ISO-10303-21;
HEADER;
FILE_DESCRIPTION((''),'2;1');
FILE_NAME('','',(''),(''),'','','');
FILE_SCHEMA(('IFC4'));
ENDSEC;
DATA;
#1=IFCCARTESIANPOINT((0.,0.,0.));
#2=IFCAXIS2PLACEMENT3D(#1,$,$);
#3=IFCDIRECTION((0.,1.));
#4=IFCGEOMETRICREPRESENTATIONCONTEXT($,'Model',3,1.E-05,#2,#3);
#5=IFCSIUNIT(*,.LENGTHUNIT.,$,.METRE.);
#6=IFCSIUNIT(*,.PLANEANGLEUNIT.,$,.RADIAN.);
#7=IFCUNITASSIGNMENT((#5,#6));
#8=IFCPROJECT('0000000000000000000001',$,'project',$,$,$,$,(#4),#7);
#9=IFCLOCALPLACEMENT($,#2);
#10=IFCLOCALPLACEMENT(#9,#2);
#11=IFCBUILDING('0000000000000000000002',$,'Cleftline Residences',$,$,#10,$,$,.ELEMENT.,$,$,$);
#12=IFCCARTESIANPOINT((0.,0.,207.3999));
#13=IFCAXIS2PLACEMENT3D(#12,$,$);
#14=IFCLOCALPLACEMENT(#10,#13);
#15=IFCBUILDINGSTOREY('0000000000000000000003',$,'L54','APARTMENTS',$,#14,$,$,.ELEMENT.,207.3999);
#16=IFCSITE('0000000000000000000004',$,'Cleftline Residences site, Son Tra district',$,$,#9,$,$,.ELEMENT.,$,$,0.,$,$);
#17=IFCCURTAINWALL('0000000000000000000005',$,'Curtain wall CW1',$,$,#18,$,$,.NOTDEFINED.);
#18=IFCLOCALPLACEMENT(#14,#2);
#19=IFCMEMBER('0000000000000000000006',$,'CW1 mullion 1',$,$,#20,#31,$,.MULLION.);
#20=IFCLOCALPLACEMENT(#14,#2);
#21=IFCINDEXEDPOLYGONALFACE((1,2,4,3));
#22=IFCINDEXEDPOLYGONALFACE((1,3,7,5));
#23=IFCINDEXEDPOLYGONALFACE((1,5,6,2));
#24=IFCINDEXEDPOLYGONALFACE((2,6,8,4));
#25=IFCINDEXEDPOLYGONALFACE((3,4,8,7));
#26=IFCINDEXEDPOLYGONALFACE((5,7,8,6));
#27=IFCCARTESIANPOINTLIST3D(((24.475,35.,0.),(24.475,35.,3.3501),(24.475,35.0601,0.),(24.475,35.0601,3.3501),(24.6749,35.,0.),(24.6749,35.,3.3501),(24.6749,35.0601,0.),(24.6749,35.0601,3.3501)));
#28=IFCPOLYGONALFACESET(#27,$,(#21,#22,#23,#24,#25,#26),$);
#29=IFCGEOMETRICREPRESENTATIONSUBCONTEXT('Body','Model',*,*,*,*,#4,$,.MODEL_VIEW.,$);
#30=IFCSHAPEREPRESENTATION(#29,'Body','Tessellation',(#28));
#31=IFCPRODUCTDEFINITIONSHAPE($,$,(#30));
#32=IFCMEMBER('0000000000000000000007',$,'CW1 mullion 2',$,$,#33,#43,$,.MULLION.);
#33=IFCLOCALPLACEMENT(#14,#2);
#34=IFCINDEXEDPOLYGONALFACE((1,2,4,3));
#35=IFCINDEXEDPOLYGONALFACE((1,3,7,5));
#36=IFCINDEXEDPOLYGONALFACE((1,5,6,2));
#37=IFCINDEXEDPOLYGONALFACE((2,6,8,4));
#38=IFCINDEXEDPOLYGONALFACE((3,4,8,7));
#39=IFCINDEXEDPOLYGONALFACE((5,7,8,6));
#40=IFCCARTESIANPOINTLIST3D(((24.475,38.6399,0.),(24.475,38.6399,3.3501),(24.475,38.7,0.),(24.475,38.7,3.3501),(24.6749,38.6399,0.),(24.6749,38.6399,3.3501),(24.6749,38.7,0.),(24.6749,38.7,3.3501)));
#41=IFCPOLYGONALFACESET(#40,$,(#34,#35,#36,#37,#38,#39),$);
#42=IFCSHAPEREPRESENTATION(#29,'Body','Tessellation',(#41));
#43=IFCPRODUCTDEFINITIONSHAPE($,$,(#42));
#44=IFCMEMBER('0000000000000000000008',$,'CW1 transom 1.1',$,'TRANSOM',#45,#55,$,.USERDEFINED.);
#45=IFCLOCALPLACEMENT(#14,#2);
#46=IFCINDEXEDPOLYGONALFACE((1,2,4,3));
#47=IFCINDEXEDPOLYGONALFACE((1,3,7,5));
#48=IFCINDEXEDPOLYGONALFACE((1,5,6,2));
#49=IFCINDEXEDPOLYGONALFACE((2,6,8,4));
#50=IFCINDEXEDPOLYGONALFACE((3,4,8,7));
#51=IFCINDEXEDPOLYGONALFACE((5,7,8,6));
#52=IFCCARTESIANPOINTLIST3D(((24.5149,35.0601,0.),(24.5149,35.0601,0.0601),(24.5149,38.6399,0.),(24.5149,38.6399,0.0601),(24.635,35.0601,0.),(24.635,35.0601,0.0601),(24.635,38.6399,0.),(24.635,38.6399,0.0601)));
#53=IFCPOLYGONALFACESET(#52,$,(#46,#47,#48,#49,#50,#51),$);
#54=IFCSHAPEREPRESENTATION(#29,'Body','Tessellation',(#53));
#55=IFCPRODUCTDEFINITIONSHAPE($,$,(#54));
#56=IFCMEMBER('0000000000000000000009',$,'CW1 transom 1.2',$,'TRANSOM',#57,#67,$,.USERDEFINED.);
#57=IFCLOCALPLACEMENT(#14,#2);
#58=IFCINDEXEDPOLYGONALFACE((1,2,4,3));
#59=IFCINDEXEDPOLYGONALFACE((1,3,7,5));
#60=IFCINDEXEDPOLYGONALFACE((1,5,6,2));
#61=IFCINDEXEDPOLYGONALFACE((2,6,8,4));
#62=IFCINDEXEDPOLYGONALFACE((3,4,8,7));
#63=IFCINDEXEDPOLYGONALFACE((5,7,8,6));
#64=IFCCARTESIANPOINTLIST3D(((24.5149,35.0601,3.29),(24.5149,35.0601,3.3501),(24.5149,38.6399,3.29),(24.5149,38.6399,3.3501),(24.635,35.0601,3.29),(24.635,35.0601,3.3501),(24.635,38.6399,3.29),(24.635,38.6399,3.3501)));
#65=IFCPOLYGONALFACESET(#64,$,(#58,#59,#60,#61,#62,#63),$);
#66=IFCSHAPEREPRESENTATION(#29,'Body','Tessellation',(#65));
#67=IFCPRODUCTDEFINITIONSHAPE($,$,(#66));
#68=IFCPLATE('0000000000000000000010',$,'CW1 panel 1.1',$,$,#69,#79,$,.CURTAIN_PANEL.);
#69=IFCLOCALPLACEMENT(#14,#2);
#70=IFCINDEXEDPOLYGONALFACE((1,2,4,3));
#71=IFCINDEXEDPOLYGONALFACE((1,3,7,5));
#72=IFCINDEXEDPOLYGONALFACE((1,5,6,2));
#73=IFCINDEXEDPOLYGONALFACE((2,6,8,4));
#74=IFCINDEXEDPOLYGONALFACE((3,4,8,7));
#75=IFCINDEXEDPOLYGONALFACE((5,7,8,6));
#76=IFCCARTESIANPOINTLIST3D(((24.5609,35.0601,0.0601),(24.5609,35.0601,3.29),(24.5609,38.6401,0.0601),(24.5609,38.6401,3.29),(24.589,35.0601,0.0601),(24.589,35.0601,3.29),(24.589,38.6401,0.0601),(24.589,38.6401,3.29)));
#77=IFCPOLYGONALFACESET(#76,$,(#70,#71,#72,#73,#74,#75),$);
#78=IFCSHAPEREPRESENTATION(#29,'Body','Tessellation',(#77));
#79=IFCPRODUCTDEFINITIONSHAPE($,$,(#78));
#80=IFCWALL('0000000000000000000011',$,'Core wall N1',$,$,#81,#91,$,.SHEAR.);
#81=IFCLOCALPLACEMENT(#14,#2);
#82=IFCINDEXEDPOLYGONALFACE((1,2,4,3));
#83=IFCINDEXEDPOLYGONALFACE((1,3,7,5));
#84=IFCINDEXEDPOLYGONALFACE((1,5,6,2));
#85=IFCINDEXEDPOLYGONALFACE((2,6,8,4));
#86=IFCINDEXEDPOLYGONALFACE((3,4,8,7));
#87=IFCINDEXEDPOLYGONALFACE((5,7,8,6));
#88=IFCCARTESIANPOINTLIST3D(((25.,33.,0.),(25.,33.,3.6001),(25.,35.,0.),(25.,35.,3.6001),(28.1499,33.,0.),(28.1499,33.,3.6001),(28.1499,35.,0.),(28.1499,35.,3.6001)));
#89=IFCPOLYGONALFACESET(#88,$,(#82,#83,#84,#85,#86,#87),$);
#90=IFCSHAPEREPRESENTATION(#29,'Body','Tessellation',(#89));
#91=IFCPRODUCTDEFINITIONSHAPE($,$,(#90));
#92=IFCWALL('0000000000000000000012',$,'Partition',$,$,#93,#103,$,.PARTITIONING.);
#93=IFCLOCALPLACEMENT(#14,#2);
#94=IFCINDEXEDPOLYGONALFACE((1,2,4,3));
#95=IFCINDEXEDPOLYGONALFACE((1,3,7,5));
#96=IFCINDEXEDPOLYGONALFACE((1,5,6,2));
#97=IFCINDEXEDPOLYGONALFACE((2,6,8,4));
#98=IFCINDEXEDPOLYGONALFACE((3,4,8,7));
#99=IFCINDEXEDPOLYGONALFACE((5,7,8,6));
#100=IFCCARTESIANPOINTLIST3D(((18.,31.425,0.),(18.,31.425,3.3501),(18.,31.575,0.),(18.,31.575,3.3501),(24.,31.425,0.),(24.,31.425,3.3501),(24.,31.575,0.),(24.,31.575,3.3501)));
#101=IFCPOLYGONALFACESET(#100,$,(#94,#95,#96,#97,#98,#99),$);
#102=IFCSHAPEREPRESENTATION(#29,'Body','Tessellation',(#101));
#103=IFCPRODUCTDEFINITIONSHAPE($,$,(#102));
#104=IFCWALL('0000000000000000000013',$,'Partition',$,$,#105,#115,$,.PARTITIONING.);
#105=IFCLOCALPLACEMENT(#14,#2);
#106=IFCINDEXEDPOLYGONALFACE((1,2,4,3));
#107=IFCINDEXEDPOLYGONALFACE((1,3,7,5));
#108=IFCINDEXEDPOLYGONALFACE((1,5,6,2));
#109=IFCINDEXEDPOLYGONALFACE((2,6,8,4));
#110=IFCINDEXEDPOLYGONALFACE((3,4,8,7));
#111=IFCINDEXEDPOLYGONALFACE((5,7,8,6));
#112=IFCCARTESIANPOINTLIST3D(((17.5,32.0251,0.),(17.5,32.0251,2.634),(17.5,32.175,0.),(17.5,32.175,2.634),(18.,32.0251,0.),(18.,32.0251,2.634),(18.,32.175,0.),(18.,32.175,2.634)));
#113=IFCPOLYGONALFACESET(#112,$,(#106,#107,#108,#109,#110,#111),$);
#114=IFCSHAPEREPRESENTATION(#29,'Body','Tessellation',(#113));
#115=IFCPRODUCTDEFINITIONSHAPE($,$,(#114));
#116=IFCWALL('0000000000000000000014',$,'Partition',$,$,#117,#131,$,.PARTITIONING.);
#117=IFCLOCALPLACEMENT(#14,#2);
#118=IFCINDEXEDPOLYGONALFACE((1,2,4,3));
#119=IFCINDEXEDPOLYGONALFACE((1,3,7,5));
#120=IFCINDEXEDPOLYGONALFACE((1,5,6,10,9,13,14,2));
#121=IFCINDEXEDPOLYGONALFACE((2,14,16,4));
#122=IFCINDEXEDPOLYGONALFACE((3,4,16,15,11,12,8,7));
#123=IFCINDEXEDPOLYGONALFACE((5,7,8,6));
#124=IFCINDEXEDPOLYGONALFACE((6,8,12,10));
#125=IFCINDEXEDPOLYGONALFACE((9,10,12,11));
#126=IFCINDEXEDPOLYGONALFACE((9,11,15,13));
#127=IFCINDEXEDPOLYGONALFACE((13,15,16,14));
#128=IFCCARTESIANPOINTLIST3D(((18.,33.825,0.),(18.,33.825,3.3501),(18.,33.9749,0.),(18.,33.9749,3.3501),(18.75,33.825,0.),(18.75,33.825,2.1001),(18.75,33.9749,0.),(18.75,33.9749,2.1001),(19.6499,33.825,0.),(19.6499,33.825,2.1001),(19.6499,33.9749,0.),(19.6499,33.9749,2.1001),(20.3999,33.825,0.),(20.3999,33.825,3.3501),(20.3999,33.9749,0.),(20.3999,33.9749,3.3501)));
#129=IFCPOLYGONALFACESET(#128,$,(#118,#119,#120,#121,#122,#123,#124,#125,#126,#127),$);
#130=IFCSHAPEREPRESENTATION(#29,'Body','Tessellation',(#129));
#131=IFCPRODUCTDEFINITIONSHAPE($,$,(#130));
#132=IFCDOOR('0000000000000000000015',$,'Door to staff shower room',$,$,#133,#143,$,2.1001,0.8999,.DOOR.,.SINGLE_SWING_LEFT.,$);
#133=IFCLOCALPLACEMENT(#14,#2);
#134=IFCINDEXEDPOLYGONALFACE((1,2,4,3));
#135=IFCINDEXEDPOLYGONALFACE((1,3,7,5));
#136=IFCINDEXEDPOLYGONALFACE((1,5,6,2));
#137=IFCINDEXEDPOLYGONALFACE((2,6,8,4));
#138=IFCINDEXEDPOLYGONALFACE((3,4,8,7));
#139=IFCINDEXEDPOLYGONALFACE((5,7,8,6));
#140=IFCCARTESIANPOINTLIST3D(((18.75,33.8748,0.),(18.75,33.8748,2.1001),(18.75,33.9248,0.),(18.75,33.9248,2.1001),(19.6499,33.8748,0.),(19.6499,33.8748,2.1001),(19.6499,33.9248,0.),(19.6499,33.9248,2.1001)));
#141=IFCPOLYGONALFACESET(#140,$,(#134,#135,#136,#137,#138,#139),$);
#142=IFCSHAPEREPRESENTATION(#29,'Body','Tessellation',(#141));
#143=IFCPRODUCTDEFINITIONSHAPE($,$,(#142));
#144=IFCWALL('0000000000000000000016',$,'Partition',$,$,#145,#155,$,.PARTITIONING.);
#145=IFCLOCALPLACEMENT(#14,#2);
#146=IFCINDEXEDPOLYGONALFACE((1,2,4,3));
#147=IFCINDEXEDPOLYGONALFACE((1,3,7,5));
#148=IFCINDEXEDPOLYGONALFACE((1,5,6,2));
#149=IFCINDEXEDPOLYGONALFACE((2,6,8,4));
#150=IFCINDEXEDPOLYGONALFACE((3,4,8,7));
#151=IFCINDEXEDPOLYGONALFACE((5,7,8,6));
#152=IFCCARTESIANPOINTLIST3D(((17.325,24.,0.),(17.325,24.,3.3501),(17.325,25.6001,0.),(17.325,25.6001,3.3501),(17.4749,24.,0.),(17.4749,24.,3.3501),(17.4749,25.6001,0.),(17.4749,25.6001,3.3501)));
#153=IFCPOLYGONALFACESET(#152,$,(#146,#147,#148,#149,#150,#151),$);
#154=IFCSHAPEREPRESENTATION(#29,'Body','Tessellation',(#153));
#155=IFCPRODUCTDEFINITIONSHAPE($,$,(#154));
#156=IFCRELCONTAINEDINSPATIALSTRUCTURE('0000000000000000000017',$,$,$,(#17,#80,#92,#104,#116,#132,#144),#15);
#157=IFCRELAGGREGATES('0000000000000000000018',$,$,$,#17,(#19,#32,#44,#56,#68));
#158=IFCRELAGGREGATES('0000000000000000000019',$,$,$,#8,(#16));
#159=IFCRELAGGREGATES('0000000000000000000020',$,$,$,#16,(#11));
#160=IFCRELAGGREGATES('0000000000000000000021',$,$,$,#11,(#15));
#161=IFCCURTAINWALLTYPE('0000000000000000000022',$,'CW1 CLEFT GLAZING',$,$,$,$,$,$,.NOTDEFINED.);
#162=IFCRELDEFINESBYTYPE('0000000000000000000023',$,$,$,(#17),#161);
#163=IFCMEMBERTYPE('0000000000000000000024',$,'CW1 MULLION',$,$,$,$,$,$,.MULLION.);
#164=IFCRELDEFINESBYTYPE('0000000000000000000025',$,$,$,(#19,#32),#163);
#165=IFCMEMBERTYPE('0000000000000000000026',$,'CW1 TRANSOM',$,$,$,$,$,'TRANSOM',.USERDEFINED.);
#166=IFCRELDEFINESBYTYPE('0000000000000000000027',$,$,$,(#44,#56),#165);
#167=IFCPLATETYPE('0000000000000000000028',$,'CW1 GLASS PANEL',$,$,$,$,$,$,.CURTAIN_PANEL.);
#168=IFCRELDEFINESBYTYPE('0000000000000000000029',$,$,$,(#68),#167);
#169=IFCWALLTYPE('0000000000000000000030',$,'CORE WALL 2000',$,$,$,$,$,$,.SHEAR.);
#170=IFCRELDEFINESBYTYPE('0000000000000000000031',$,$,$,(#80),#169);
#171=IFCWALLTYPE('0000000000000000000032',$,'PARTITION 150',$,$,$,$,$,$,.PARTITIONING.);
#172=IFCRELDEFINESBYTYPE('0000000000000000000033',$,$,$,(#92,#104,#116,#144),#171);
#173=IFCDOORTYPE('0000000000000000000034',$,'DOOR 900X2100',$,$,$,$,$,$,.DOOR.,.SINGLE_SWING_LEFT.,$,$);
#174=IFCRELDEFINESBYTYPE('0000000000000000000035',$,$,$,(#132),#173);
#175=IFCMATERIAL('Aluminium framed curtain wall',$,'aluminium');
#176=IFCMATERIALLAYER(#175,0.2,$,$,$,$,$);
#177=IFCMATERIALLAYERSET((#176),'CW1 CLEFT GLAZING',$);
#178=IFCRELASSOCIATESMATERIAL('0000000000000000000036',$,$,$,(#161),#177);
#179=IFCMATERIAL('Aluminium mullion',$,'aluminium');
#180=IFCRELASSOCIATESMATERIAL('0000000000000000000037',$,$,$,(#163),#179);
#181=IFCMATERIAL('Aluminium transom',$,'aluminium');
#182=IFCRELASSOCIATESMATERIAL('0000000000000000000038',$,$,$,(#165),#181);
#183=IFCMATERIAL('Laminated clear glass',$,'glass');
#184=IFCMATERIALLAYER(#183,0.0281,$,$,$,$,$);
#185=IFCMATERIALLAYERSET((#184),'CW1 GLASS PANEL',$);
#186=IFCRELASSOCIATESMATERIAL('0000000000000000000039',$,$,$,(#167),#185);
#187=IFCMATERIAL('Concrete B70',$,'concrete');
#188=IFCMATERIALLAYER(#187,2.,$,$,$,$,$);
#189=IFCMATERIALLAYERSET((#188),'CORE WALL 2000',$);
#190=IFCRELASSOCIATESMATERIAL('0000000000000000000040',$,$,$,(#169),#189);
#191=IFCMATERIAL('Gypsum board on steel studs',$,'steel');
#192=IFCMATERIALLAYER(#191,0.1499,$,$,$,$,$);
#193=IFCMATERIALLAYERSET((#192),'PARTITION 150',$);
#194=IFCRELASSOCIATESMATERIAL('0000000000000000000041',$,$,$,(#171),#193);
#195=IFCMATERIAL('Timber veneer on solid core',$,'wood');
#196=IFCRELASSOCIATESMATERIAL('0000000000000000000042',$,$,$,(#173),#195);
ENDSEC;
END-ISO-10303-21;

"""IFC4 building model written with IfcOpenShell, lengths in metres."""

from ifc_helpers import new_model, si_unit, direction, frame, frame_2d, origin, origin_2d, place, context, subcontext, project, spatial, rectangle, extrude, material, layer, layer_set, material_profile, profile_set, type_object, element, fill, aggregate, save


model = new_model("IFC4")

# Units and contexts
model_context = context("Model", 3, precision=1e-05, world=origin(), true_north=direction((0.0, 1.0)))
body_context = subcontext(model_context, "Body", "Model", "MODEL_VIEW")
ifc_project = project(units=[si_unit("LENGTHUNIT", "METRE"), si_unit("PLANEANGLEUNIT", "RADIAN")], contexts=[model_context])

# Site, building, storey
site_placement = place(None, origin())
site = spatial("IfcSite", under=ifc_project, at=site_placement, Name="Cleftline Residences site, Son Tra district", CompositionType="ELEMENT", RefElevation=0.0)
building_placement = place(site_placement, origin())
building = spatial("IfcBuilding", under=site, at=building_placement, Name="Cleftline Residences", CompositionType="ELEMENT")
storey_placement = place(building_placement, frame((0.0, 0.0, 207.3999)))
storey = spatial("IfcBuildingStorey", under=building, at=storey_placement, Name="L54", Description="APARTMENTS", CompositionType="ELEMENT", Elevation=207.3999)

# Curtain wall, members, plate
ifc_material_1 = material(Name="Aluminium framed curtain wall", Category="aluminium")
ifc_layer_1 = layer(ifc_material_1, 0.2)
ifc_layer_set_1 = layer_set([ifc_layer_1], Name="CW1 CLEFT GLAZING")
curtain_wall_type = type_object("IfcCurtainWallType", Name="CW1 CLEFT GLAZING", PredefinedType="NOTDEFINED", material=ifc_layer_set_1)
curtain_wall_placement = place(storey_placement, origin())
curtain_wall = element("IfcCurtainWall", 1, at=curtain_wall_placement, inside=storey, type_object=curtain_wall_type, Name="Curtain wall CW1", PredefinedType="NOTDEFINED")
ifc_material_2 = material(Name="Aluminium mullion", Category="aluminium")
ifc_material_profile_1 = material_profile(ifc_material_2, rectangle(XDim=0.2, YDim=0.0601, at=origin_2d()))
ifc_profile_set_1 = profile_set([ifc_material_profile_1], Name="Aluminium mullion")
member_type_1 = type_object("IfcMemberType", Name="CW1 MULLION", PredefinedType="MULLION", material=ifc_profile_set_1)
member_1_placement = place(storey_placement, frame((24.575, 35.03, 0.0), z_axis=(0.0, 0.0, 1.0), x_axis=(-1.0, 0.0, 0.0)))
member_1 = element("IfcMember", 2, at=member_1_placement, type_object=member_type_1, Name="CW1 mullion 1", PredefinedType="MULLION", context=body_context, shape_type="SweptSolid", body=[
    extrude(rectangle(XDim=0.2, YDim=0.0601, at=origin_2d()), origin(), (0.0, 0.0, 1.0), 3.3501),
])
member_2_placement = place(storey_placement, frame((24.575, 38.6699, 0.0), z_axis=(0.0, 0.0, 1.0), x_axis=(-1.0, 0.0, 0.0)))
member_2 = element("IfcMember", 3, at=member_2_placement, type_object=member_type_1, Name="CW1 mullion 2", PredefinedType="MULLION", context=body_context, shape_type="SweptSolid", body=[
    extrude(rectangle(XDim=0.2, YDim=0.0601, at=origin_2d()), origin(), (0.0, 0.0, 1.0), 3.3501),
])
ifc_material_3 = material(Name="Aluminium transom", Category="aluminium")
ifc_material_profile_2 = material_profile(ifc_material_3, rectangle(XDim=0.1201, YDim=0.0601, at=origin_2d()))
ifc_profile_set_2 = profile_set([ifc_material_profile_2], Name="Aluminium transom")
member_type_2 = type_object("IfcMemberType", Name="CW1 TRANSOM", ElementType="TRANSOM", PredefinedType="USERDEFINED", material=ifc_profile_set_2)
member_3_placement = place(storey_placement, frame((24.575, 35.0601, 0.03), z_axis=(0.0, 1.0, 0.0), x_axis=(-1.0, 0.0, 0.0)))
member_3 = element("IfcMember", 4, at=member_3_placement, type_object=member_type_2, Name="CW1 transom 1.1", ObjectType="TRANSOM", PredefinedType="USERDEFINED", context=body_context, shape_type="SweptSolid", body=[
    extrude(rectangle(XDim=0.1201, YDim=0.0601, at=origin_2d()), origin(), (0.0, 0.0, 1.0), 3.5798),
])
member_4_placement = place(storey_placement, frame((24.575, 35.0601, 3.3201), z_axis=(0.0, 1.0, 0.0), x_axis=(-1.0, 0.0, 0.0)))
member_4 = element("IfcMember", 5, at=member_4_placement, type_object=member_type_2, Name="CW1 transom 1.2", ObjectType="TRANSOM", PredefinedType="USERDEFINED", context=body_context, shape_type="SweptSolid", body=[
    extrude(rectangle(XDim=0.1201, YDim=0.0601, at=origin_2d()), origin(), (0.0, 0.0, 1.0), 3.5798),
])
ifc_material_4 = material(Name="Laminated clear glass", Category="glass")
ifc_layer_2 = layer(ifc_material_4, 0.0281)
ifc_layer_set_2 = layer_set([ifc_layer_2], Name="CW1 GLASS PANEL")
plate_type = type_object("IfcPlateType", Name="CW1 GLASS PANEL", PredefinedType="CURTAIN_PANEL", material=ifc_layer_set_2)
plate_placement = place(storey_placement, frame((24.575, 36.8501, 0.0601), z_axis=(0.0, 0.0, 1.0), x_axis=(0.0, 1.0, 0.0)))
plate = element("IfcPlate", 6, at=plate_placement, type_object=plate_type, Name="CW1 panel 1.1", PredefinedType="CURTAIN_PANEL", context=body_context, shape_type="SweptSolid", body=[
    extrude(rectangle(XDim=3.5801, YDim=0.0281, at=origin_2d()), origin(), (0.0, 0.0, 1.0), 3.23),
])
aggregate(curtain_wall, [member_1, member_2, member_3, member_4, plate])

# Walls
ifc_material_5 = material(Name="Concrete B70", Category="concrete")
ifc_layer_3 = layer(ifc_material_5, 2.0)
ifc_layer_set_3 = layer_set([ifc_layer_3], Name="CORE WALL 2000")
wall_type_1 = type_object("IfcWallType", Name="CORE WALL 2000", PredefinedType="SHEAR", material=ifc_layer_set_3)
wall_1_placement = place(storey_placement, frame((25.0, 34.0, 0.0), z_axis=(0.0, 0.0, 1.0), x_axis=(1.0, 0.0, 0.0)))
element("IfcWall", 7, at=wall_1_placement, inside=storey, type_object=wall_type_1, Name="Core wall N1", PredefinedType="SHEAR", context=body_context, shape_type="SweptSolid", body=[
    extrude(rectangle(XDim=3.1499, YDim=2.0, at=frame_2d((1.575, 0.0))), origin(), (0.0, 0.0, 1.0), 3.6001),
])
ifc_material_6 = material(Name="Gypsum board on steel studs", Category="steel")
ifc_layer_4 = layer(ifc_material_6, 0.1499)
ifc_layer_set_4 = layer_set([ifc_layer_4], Name="PARTITION 150")
wall_type_2 = type_object("IfcWallType", Name="PARTITION 150", PredefinedType="PARTITIONING", material=ifc_layer_set_4)
wall_2_placement = place(storey_placement, frame((18.0, 31.5, 0.0), z_axis=(0.0, 0.0, 1.0), x_axis=(1.0, 0.0, 0.0)))
element("IfcWall", 8, at=wall_2_placement, inside=storey, type_object=wall_type_2, Name="Partition", PredefinedType="PARTITIONING", context=body_context, shape_type="SweptSolid", body=[
    extrude(rectangle(XDim=6.0, YDim=0.1499, at=frame_2d((3.0, 0.0))), origin(), (0.0, 0.0, 1.0), 3.3501),
])
wall_3_placement = place(storey_placement, frame((17.5, 32.1001, 0.0), z_axis=(0.0, 0.0, 1.0), x_axis=(1.0, 0.0, 0.0)))
element("IfcWall", 9, at=wall_3_placement, inside=storey, type_object=wall_type_2, Name="Partition", PredefinedType="PARTITIONING", context=body_context, shape_type="SweptSolid", body=[
    extrude(rectangle(XDim=0.5, YDim=0.1499, at=frame_2d((0.25, 0.0))), origin(), (0.0, 0.0, 1.0), 2.634),
])

# Wall, opening, door
wall_4_placement = place(storey_placement, frame((18.0, 33.8999, 0.0), z_axis=(0.0, 0.0, 1.0), x_axis=(1.0, 0.0, 0.0)))
wall_4 = element("IfcWall", 10, at=wall_4_placement, inside=storey, type_object=wall_type_2, Name="Partition", PredefinedType="PARTITIONING", context=body_context, shape_type="SweptSolid", body=[
    extrude(rectangle(XDim=2.3999, YDim=0.1499, at=frame_2d((1.2, 0.0))), origin(), (0.0, 0.0, 1.0), 3.3501),
])
opening_1_placement = place(wall_4_placement, frame((0.75, 0.0, 0.0)))
opening_1 = element("IfcOpeningElement", 11, at=opening_1_placement, cuts=wall_4, PredefinedType="OPENING", context=body_context, shape_type="SweptSolid", body=[
    extrude(rectangle(XDim=0.8999, YDim=2.1001, at=frame_2d((0.45, 1.05))), frame((0.0, 0.085, 0.0), z_axis=(0.0, -1.0, 0.0), x_axis=(1.0, 0.0, 0.0)), (0.0, 0.0, 1.0), 0.1699),
])
ifc_material_7 = material(Name="Timber veneer on solid core", Category="wood")
door_type_1 = type_object("IfcDoorType", Name="DOOR 900X2100", OperationType="SINGLE_SWING_LEFT", PredefinedType="DOOR", material=ifc_material_7)
door_1_placement = place(opening_1_placement, origin())
door_1 = element("IfcDoor", 12, at=door_1_placement, inside=storey, type_object=door_type_1, Name="Door to staff shower room", OperationType="SINGLE_SWING_LEFT", OverallHeight=2.1001, OverallWidth=0.8999, PredefinedType="DOOR", context=body_context, shape_type="SweptSolid", body=[
    extrude(rectangle(XDim=0.8999, YDim=2.1001, at=frame_2d((0.45, 1.05))), frame((0.0, 0.0249, 0.0), z_axis=(0.0, -1.0, 0.0), x_axis=(1.0, 0.0, 0.0)), (0.0, 0.0, 1.0), 0.05),
])
fill(opening_1, door_1)

# Wall
wall_5_placement = place(storey_placement, frame((17.3999, 24.0, 0.0), z_axis=(0.0, 0.0, 1.0), x_axis=(0.0, 1.0, 0.0)))
element("IfcWall", 13, at=wall_5_placement, inside=storey, type_object=wall_type_2, Name="Partition", PredefinedType="PARTITIONING", context=body_context, shape_type="SweptSolid", body=[
    extrude(rectangle(XDim=1.6001, YDim=0.1499, at=frame_2d((0.8, 0.0))), origin(), (0.0, 0.0, 1.0), 3.3501),
])

save(model, "model.ifc")
